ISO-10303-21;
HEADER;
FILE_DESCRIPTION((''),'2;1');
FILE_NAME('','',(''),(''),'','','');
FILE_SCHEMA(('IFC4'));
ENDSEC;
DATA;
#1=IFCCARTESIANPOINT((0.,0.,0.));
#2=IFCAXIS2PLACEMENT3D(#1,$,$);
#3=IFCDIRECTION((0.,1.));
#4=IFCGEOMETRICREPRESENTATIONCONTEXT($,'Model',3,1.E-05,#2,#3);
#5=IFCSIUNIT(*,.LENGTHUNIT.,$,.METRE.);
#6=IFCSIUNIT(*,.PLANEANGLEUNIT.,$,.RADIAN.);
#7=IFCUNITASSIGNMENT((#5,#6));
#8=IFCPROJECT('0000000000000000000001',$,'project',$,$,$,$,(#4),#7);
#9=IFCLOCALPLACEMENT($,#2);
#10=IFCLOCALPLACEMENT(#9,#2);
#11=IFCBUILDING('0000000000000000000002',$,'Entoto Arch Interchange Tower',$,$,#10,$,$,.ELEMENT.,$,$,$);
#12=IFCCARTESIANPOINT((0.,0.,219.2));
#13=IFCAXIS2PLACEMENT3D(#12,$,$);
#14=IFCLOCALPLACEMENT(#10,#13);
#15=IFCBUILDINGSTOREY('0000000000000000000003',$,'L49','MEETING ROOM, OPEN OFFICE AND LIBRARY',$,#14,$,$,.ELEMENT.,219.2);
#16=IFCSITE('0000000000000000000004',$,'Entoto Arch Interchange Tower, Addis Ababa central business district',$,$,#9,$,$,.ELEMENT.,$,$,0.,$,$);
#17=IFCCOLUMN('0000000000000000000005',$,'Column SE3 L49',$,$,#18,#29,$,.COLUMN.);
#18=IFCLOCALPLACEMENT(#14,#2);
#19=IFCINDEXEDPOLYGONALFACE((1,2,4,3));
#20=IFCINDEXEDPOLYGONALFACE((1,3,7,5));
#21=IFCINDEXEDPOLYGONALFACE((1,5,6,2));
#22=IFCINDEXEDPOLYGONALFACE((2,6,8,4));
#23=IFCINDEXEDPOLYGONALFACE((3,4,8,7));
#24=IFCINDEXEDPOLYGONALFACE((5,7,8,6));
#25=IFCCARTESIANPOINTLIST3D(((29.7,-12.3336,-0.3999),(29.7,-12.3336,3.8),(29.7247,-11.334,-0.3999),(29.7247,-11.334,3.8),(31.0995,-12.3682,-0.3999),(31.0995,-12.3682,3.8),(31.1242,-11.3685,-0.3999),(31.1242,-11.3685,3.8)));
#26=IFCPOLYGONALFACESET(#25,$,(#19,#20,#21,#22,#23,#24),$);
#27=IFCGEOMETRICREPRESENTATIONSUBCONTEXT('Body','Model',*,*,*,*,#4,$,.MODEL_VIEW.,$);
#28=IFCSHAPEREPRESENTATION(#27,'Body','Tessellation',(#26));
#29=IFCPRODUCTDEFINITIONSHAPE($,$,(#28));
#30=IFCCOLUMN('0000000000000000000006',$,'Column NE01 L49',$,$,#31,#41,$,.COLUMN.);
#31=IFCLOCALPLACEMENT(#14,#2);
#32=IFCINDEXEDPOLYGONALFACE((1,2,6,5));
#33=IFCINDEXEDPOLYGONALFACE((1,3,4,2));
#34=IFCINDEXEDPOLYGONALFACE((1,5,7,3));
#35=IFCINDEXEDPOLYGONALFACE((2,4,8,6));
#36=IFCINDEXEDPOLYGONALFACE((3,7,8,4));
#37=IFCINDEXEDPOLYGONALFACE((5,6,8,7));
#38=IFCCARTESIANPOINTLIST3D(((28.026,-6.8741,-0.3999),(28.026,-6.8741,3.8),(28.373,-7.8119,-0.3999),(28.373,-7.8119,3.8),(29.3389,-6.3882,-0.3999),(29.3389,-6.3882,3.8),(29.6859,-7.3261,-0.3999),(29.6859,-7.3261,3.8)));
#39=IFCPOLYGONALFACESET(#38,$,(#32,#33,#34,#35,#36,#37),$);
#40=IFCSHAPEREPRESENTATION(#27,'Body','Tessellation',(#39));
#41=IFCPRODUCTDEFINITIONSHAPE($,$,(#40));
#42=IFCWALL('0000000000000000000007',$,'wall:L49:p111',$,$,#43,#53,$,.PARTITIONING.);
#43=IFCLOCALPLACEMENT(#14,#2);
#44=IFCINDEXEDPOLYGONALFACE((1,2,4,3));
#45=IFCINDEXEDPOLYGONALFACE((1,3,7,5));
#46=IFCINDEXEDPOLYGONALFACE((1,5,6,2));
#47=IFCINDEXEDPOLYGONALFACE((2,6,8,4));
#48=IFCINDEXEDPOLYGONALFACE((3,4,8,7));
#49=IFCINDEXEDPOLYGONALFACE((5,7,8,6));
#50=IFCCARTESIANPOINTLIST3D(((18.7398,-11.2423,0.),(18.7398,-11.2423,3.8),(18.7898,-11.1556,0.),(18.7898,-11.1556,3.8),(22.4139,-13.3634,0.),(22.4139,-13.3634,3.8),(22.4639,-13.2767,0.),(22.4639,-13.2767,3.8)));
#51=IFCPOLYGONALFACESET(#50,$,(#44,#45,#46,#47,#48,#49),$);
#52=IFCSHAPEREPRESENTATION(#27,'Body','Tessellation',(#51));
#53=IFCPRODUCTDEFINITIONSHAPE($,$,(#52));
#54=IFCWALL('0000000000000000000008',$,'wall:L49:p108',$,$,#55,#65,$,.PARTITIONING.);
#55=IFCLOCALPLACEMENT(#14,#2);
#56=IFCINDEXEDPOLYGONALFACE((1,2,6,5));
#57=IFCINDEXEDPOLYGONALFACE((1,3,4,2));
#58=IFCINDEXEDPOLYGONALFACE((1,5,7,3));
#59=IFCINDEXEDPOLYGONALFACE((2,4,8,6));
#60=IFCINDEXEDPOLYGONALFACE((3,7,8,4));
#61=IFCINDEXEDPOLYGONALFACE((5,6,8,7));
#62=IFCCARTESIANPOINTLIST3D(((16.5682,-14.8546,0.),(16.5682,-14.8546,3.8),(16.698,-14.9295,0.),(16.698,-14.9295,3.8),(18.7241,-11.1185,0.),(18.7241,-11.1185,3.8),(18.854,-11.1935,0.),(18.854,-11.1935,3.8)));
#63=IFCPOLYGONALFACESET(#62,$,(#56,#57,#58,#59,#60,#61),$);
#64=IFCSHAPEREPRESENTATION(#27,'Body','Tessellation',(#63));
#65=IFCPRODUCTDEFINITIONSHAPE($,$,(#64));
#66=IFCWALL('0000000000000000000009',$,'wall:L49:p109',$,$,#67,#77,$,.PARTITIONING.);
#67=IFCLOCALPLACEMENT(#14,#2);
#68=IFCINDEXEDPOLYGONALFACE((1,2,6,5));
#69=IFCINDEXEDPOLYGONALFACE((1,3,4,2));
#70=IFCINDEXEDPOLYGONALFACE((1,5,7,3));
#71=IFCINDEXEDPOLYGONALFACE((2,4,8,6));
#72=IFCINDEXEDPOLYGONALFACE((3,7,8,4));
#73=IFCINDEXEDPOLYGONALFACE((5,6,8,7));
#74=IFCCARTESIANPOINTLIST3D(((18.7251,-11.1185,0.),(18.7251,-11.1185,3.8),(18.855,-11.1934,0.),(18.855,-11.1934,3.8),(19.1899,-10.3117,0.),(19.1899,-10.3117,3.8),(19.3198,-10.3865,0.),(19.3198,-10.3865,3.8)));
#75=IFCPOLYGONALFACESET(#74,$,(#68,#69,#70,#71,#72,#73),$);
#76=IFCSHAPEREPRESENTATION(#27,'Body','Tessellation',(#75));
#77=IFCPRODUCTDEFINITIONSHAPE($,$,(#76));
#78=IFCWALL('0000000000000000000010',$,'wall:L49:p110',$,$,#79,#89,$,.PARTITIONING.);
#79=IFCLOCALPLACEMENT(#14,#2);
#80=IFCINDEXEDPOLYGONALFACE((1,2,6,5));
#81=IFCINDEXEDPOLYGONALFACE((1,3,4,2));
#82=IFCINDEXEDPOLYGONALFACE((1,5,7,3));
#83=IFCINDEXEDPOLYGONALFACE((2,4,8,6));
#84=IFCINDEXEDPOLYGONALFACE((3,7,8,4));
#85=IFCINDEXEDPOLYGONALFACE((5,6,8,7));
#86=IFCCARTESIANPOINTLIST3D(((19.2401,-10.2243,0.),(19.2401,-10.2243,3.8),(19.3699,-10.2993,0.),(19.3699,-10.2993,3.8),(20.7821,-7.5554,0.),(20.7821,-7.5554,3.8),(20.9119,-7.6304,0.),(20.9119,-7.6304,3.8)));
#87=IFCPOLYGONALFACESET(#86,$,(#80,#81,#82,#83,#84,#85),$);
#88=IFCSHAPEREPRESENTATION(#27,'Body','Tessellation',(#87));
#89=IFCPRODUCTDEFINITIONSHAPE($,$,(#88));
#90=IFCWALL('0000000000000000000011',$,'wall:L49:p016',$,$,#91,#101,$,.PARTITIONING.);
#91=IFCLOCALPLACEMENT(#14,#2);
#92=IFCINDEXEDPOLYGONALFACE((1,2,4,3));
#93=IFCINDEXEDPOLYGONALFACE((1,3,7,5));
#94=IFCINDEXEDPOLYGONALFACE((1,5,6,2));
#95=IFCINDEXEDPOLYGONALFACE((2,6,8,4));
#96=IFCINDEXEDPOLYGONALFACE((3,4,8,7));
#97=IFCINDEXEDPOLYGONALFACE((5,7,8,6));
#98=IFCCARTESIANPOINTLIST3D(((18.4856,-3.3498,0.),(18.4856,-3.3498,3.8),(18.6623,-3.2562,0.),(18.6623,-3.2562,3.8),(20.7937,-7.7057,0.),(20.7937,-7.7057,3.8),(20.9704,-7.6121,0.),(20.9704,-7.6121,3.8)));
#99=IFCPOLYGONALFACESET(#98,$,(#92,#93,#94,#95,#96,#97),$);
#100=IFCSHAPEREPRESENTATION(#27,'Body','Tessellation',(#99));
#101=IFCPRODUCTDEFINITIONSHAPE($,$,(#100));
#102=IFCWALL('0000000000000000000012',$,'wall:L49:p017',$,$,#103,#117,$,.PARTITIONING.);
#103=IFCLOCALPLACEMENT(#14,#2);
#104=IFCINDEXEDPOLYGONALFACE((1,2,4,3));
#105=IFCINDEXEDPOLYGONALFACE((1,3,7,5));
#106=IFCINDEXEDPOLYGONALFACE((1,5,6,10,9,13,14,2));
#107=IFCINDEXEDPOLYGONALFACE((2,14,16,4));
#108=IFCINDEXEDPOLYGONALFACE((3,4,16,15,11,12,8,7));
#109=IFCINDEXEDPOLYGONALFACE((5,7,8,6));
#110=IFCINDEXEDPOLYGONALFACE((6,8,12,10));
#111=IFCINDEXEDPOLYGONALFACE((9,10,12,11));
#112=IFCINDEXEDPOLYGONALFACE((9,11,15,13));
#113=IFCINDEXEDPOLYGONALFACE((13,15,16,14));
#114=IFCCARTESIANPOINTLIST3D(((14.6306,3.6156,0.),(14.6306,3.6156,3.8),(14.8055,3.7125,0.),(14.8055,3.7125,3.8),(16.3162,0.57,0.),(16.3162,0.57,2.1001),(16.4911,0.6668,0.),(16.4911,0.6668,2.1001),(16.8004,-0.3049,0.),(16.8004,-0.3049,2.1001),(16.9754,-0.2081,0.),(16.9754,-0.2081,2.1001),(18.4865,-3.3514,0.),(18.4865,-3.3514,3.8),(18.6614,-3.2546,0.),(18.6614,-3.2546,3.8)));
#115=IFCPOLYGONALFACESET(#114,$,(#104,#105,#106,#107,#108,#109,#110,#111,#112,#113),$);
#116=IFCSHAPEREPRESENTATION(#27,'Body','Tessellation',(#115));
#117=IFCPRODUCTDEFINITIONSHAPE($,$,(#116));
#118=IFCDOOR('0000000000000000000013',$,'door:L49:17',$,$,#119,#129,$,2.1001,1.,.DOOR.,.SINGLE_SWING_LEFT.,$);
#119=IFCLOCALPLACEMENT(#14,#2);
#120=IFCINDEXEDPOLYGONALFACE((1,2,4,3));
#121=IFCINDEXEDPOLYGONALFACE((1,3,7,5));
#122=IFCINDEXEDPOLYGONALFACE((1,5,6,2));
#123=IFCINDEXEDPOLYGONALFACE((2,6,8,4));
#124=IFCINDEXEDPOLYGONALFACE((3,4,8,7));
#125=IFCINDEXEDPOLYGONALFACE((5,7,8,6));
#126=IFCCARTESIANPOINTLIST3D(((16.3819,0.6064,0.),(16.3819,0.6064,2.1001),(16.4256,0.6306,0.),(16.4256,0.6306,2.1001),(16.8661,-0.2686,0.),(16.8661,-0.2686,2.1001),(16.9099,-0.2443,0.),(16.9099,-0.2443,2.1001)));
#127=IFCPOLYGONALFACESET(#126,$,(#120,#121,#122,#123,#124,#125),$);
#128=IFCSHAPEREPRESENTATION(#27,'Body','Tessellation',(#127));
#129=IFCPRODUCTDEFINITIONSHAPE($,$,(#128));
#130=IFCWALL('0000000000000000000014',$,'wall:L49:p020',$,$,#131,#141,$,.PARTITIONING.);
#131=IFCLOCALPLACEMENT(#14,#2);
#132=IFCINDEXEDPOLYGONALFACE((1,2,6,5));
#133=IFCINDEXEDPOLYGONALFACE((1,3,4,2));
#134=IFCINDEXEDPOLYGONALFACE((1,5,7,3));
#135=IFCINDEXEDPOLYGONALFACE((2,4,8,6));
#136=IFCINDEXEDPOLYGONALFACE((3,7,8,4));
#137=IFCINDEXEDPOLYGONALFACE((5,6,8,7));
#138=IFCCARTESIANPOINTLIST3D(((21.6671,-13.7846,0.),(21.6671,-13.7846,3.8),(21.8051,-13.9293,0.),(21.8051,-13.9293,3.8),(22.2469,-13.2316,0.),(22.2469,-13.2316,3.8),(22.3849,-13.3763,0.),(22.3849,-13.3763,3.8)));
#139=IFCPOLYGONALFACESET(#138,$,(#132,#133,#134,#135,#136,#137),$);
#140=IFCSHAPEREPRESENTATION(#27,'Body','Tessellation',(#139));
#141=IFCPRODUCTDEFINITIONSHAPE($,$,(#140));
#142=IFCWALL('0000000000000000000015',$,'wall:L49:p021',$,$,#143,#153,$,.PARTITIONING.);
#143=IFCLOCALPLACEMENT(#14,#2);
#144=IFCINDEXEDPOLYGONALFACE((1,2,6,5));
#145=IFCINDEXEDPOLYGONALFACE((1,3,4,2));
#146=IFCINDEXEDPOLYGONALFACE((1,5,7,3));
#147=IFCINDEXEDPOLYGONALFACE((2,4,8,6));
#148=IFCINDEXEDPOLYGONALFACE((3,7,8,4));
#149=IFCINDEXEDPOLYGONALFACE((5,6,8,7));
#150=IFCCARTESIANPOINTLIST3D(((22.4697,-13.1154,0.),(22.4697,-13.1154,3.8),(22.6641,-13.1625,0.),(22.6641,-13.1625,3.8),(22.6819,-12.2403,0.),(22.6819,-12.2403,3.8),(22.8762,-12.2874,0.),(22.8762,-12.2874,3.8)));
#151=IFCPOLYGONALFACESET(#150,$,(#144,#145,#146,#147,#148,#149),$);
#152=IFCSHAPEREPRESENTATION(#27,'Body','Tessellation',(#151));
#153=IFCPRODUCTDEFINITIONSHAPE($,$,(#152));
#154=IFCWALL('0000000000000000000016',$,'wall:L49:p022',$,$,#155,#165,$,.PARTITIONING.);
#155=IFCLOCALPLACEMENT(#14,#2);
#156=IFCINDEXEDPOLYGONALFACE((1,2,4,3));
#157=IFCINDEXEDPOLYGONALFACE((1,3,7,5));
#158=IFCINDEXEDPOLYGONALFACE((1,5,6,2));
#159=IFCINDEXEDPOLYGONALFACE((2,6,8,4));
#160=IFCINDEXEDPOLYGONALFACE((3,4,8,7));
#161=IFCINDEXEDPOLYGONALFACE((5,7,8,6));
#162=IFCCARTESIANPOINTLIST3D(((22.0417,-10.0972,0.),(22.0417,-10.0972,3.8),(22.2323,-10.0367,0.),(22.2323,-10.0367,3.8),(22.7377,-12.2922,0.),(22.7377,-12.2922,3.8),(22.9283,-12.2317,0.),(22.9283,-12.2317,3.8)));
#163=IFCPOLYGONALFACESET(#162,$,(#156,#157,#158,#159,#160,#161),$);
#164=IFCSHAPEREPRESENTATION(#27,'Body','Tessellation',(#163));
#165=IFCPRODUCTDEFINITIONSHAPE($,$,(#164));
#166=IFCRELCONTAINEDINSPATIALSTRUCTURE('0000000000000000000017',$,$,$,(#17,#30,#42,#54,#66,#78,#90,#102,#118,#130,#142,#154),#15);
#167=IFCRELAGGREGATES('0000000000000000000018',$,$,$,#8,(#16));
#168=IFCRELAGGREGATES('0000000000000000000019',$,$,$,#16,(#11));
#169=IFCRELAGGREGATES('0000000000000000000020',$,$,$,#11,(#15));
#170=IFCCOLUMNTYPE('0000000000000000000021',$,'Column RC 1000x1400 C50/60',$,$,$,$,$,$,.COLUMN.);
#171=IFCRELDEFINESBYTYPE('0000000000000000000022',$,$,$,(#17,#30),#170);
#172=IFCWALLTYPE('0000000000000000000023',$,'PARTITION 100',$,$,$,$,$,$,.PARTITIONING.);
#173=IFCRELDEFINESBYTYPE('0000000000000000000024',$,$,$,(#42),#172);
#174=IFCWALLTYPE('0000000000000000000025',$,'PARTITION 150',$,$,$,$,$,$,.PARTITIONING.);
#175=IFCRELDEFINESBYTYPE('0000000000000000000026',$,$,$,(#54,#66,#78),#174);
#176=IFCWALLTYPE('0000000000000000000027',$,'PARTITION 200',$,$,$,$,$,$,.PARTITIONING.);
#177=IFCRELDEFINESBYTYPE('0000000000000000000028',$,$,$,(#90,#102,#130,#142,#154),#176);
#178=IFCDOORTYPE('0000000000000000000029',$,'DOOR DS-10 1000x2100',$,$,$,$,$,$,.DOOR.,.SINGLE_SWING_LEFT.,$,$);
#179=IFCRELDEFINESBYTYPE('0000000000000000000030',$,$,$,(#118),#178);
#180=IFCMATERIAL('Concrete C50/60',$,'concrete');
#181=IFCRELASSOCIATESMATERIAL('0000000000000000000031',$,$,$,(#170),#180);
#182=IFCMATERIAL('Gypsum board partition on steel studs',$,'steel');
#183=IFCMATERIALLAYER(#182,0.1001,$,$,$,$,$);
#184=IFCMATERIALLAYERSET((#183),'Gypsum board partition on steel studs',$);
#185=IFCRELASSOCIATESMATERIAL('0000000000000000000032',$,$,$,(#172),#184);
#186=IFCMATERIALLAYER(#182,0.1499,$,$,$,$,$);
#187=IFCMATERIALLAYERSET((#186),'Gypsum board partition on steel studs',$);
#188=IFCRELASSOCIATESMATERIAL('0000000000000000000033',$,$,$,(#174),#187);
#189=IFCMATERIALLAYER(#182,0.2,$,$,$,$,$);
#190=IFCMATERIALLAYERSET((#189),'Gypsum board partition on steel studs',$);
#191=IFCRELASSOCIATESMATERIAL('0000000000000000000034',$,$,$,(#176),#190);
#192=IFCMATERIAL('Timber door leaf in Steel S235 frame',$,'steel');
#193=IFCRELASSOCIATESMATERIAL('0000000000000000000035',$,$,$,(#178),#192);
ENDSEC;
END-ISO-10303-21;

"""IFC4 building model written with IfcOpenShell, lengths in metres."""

from ifc_helpers import new_model, si_unit, direction, frame, frame_2d, origin, origin_2d, place, context, subcontext, project, spatial, rectangle, extrude, material, layer, layer_set, material_profile, profile_set, type_object, element, fill, save


model = new_model("IFC4")

# Units and contexts
model_context = context("Model", 3, precision=1e-05, world=origin(), true_north=direction((0.0, 1.0)))
body_context = subcontext(model_context, "Body", "Model", "MODEL_VIEW")
ifc_project = project(units=[si_unit("LENGTHUNIT", "METRE"), si_unit("PLANEANGLEUNIT", "RADIAN")], contexts=[model_context])

# Site, building, storey
site_placement = place(None, origin())
site = spatial("IfcSite", under=ifc_project, at=site_placement, Name="Entoto Arch Interchange Tower, Addis Ababa central business district", CompositionType="ELEMENT", RefElevation=0.0)
building_placement = place(site_placement, origin())
building = spatial("IfcBuilding", under=site, at=building_placement, Name="Entoto Arch Interchange Tower", CompositionType="ELEMENT")
storey_placement = place(building_placement, frame((0.0, 0.0, 219.2)))
storey = spatial("IfcBuildingStorey", under=building, at=storey_placement, Name="L49", Description="MEETING ROOM, OPEN OFFICE AND LIBRARY", CompositionType="ELEMENT", Elevation=219.2)

# Columns
ifc_material_1 = material(Name="Concrete C50/60", Category="concrete")
ifc_material_profile = material_profile(ifc_material_1, rectangle(XDim=1.0, YDim=1.3999, at=origin_2d()))
ifc_profile_set = profile_set([ifc_material_profile], Name="Concrete C50/60")
column_type = type_object("IfcColumnType", Name="Column RC 1000x1400 C50/60", PredefinedType="COLUMN", material=ifc_profile_set)
for number, where, z_axis, x_axis, name in (
    (1, (30.4121, -11.8511, -0.3999), (0.0, 0.0, 1.0), (0.024676, 0.999695, 0.0), "Column SE3 L49"),
    (2, (28.856, -7.1001, -0.3999), (0.0, 0.0, 1.0), (-0.347067, 0.93784, 0.0), "Column NE01 L49"),
):
    element("IfcColumn", number, at=place(storey_placement, frame(where, z_axis=z_axis, x_axis=x_axis)), inside=storey, type_object=column_type, Name=name, PredefinedType="COLUMN", context=body_context, shape_type="SweptSolid", body=[
        extrude(rectangle(XDim=1.0, YDim=1.3999, at=origin_2d()), origin(), (0.0, 0.0, 1.0), 4.2),
    ])

# Walls
ifc_material_2 = material(Name="Gypsum board partition on steel studs", Category="steel")
ifc_layer_1 = layer(ifc_material_2, 0.1001)
ifc_layer_set_1 = layer_set([ifc_layer_1], Name="Gypsum board partition on steel studs")
wall_type_1 = type_object("IfcWallType", Name="PARTITION 100", PredefinedType="PARTITIONING", material=ifc_layer_set_1)
wall_1_placement = place(storey_placement, frame((18.7649, -11.199, 0.0), z_axis=(0.0, 0.0, 1.0), x_axis=(0.866039, -0.499977, 0.0)))
element("IfcWall", 3, at=wall_1_placement, inside=storey, type_object=wall_type_1, Name="wall:L49:p111", PredefinedType="PARTITIONING", context=body_context, shape_type="SweptSolid", body=[
    extrude(rectangle(XDim=4.2424, YDim=0.1001, at=frame_2d((2.1211, 0.0))), origin(), (0.0, 0.0, 1.0), 3.8),
])
ifc_layer_2 = layer(ifc_material_2, 0.1499)
ifc_layer_set_2 = layer_set([ifc_layer_2], Name="Gypsum board partition on steel studs")
wall_type_2 = type_object("IfcWallType", Name="PARTITION 150", PredefinedType="PARTITIONING", material=ifc_layer_set_2)
wall_2_placement = place(storey_placement, frame((18.7891, -11.156, 0.0), z_axis=(0.0, 0.0, 1.0), x_axis=(-0.499822, -0.866128, 0.0)))
element("IfcWall", 4, at=wall_2_placement, inside=storey, type_object=wall_type_2, Name="wall:L49:p108", PredefinedType="PARTITIONING", context=body_context, shape_type="SweptSolid", body=[
    extrude(rectangle(XDim=4.3135, YDim=0.1499, at=frame_2d((2.1567, 0.0))), origin(), (0.0, 0.0, 1.0), 3.8),
])
wall_3_placement = place(storey_placement, frame((19.2549, -10.3491, 0.0), z_axis=(0.0, 0.0, 1.0), x_axis=(-0.499185, -0.866495, 0.0)))
element("IfcWall", 5, at=wall_3_placement, inside=storey, type_object=wall_type_2, Name="wall:L49:p109", PredefinedType="PARTITIONING", context=body_context, shape_type="SweptSolid", body=[
    extrude(rectangle(XDim=0.9312, YDim=0.1499, at=frame_2d((0.4656, 0.0))), origin(), (0.0, 0.0, 1.0), 3.8),
])
wall_4_placement = place(storey_placement, frame((20.8469, -7.593, 0.0), z_axis=(0.0, 0.0, 1.0), x_axis=(-0.500262, -0.865874, 0.0)))
element("IfcWall", 6, at=wall_4_placement, inside=storey, type_object=wall_type_2, Name="wall:L49:p110", PredefinedType="PARTITIONING", context=body_context, shape_type="SweptSolid", body=[
    extrude(rectangle(XDim=3.0823, YDim=0.1499, at=frame_2d((1.541, 0.0))), origin(), (0.0, 0.0, 1.0), 3.8),
])
ifc_layer_3 = layer(ifc_material_2, 0.2)
ifc_layer_set_3 = layer_set([ifc_layer_3], Name="Gypsum board partition on steel studs")
wall_type_3 = type_object("IfcWallType", Name="PARTITION 200", PredefinedType="PARTITIONING", material=ifc_layer_set_3)
wall_5_placement = place(storey_placement, frame((20.8821, -7.6589, 0.0), z_axis=(0.0, 0.0, 1.0), x_axis=(-0.468206, 0.883619, 0.0)))
element("IfcWall", 7, at=wall_5_placement, inside=storey, type_object=wall_type_3, Name="wall:L49:p016", PredefinedType="PARTITIONING", context=body_context, shape_type="SweptSolid", body=[
    extrude(rectangle(XDim=4.9297, YDim=0.2, at=frame_2d((2.4648, 0.0))), origin(), (0.0, 0.0, 1.0), 3.8),
])

# Wall, opening, door
wall_6_placement = place(storey_placement, frame((18.574, -3.303, 0.0), z_axis=(0.0, 0.0, 1.0), x_axis=(-0.484239, 0.874936, 0.0)))
wall_6 = element("IfcWall", 8, at=wall_6_placement, inside=storey, type_object=wall_type_3, Name="wall:L49:p017", PredefinedType="PARTITIONING", context=body_context, shape_type="SweptSolid", body=[
    extrude(rectangle(XDim=7.9629, YDim=0.2, at=frame_2d((3.9814, 0.0))), origin(), (0.0, 0.0, 1.0), 3.8),
])
opening_1_placement = place(wall_6_placement, frame((3.4819, 0.0, 0.0)))
opening_1 = element("IfcOpeningElement", 9, at=opening_1_placement, cuts=wall_6, PredefinedType="OPENING", context=body_context, shape_type="SweptSolid", body=[
    extrude(rectangle(XDim=1.0, YDim=2.1001, at=frame_2d((0.5, 1.05))), frame((0.0, 0.1099, 0.0), z_axis=(0.0, -1.0, 0.0), x_axis=(1.0, 0.0, 0.0)), (0.0, 0.0, 1.0), 0.22),
])
ifc_material_3 = material(Name="Timber door leaf in Steel S235 frame", Category="steel")
door_type = type_object("IfcDoorType", Name="DOOR DS-10 1000x2100", OperationType="SINGLE_SWING_LEFT", PredefinedType="DOOR", material=ifc_material_3)
door_1_placement = place(opening_1_placement, origin())
door_1 = element("IfcDoor", 10, at=door_1_placement, inside=storey, type_object=door_type, Name="door:L49:17", OperationType="SINGLE_SWING_LEFT", OverallHeight=2.1001, OverallWidth=1.0, PredefinedType="DOOR", context=body_context, shape_type="SweptSolid", body=[
    extrude(rectangle(XDim=1.0, YDim=2.1001, at=frame_2d((0.5, 1.05))), frame((0.0, 0.0249, 0.0), z_axis=(0.0, -1.0, 0.0), x_axis=(1.0, 0.0, 0.0)), (0.0, 0.0, 1.0), 0.05),
])
fill(opening_1, door_1)

# Walls
wall_7_placement = place(storey_placement, frame((21.7361, -13.8569, 0.0), z_axis=(0.0, 0.0, 1.0), x_axis=(0.723667, 0.69015, 0.0)))
element("IfcWall", 11, at=wall_7_placement, inside=storey, type_object=wall_type_3, Name="wall:L49:p020", PredefinedType="PARTITIONING", context=body_context, shape_type="SweptSolid", body=[
    extrude(rectangle(XDim=0.8013, YDim=0.2, at=frame_2d((0.4006, 0.0))), origin(), (0.0, 0.0, 1.0), 3.8),
])
wall_8_placement = place(storey_placement, frame((22.5669, -13.1389, 0.0), z_axis=(0.0, 0.0, 1.0), x_axis=(0.235639, 0.971841, 0.0)))
element("IfcWall", 12, at=wall_8_placement, inside=storey, type_object=wall_type_3, Name="wall:L49:p021", PredefinedType="PARTITIONING", context=body_context, shape_type="SweptSolid", body=[
    extrude(rectangle(XDim=0.9004, YDim=0.2, at=frame_2d((0.4502, 0.0))), origin(), (0.0, 0.0, 1.0), 3.8),
])
wall_9_placement = place(storey_placement, frame((22.833, -12.262, 0.0), z_axis=(0.0, 0.0, 1.0), x_axis=(-0.302263, 0.953225, 0.0)))
element("IfcWall", 13, at=wall_9_placement, inside=storey, type_object=wall_type_3, Name="wall:L49:p022", PredefinedType="PARTITIONING", context=body_context, shape_type="SweptSolid", body=[
    extrude(rectangle(XDim=2.3027, YDim=0.2, at=frame_2d((1.1514, 0.0))), origin(), (0.0, 0.0, 1.0), 3.8),
])

save(model, "model.ifc")
